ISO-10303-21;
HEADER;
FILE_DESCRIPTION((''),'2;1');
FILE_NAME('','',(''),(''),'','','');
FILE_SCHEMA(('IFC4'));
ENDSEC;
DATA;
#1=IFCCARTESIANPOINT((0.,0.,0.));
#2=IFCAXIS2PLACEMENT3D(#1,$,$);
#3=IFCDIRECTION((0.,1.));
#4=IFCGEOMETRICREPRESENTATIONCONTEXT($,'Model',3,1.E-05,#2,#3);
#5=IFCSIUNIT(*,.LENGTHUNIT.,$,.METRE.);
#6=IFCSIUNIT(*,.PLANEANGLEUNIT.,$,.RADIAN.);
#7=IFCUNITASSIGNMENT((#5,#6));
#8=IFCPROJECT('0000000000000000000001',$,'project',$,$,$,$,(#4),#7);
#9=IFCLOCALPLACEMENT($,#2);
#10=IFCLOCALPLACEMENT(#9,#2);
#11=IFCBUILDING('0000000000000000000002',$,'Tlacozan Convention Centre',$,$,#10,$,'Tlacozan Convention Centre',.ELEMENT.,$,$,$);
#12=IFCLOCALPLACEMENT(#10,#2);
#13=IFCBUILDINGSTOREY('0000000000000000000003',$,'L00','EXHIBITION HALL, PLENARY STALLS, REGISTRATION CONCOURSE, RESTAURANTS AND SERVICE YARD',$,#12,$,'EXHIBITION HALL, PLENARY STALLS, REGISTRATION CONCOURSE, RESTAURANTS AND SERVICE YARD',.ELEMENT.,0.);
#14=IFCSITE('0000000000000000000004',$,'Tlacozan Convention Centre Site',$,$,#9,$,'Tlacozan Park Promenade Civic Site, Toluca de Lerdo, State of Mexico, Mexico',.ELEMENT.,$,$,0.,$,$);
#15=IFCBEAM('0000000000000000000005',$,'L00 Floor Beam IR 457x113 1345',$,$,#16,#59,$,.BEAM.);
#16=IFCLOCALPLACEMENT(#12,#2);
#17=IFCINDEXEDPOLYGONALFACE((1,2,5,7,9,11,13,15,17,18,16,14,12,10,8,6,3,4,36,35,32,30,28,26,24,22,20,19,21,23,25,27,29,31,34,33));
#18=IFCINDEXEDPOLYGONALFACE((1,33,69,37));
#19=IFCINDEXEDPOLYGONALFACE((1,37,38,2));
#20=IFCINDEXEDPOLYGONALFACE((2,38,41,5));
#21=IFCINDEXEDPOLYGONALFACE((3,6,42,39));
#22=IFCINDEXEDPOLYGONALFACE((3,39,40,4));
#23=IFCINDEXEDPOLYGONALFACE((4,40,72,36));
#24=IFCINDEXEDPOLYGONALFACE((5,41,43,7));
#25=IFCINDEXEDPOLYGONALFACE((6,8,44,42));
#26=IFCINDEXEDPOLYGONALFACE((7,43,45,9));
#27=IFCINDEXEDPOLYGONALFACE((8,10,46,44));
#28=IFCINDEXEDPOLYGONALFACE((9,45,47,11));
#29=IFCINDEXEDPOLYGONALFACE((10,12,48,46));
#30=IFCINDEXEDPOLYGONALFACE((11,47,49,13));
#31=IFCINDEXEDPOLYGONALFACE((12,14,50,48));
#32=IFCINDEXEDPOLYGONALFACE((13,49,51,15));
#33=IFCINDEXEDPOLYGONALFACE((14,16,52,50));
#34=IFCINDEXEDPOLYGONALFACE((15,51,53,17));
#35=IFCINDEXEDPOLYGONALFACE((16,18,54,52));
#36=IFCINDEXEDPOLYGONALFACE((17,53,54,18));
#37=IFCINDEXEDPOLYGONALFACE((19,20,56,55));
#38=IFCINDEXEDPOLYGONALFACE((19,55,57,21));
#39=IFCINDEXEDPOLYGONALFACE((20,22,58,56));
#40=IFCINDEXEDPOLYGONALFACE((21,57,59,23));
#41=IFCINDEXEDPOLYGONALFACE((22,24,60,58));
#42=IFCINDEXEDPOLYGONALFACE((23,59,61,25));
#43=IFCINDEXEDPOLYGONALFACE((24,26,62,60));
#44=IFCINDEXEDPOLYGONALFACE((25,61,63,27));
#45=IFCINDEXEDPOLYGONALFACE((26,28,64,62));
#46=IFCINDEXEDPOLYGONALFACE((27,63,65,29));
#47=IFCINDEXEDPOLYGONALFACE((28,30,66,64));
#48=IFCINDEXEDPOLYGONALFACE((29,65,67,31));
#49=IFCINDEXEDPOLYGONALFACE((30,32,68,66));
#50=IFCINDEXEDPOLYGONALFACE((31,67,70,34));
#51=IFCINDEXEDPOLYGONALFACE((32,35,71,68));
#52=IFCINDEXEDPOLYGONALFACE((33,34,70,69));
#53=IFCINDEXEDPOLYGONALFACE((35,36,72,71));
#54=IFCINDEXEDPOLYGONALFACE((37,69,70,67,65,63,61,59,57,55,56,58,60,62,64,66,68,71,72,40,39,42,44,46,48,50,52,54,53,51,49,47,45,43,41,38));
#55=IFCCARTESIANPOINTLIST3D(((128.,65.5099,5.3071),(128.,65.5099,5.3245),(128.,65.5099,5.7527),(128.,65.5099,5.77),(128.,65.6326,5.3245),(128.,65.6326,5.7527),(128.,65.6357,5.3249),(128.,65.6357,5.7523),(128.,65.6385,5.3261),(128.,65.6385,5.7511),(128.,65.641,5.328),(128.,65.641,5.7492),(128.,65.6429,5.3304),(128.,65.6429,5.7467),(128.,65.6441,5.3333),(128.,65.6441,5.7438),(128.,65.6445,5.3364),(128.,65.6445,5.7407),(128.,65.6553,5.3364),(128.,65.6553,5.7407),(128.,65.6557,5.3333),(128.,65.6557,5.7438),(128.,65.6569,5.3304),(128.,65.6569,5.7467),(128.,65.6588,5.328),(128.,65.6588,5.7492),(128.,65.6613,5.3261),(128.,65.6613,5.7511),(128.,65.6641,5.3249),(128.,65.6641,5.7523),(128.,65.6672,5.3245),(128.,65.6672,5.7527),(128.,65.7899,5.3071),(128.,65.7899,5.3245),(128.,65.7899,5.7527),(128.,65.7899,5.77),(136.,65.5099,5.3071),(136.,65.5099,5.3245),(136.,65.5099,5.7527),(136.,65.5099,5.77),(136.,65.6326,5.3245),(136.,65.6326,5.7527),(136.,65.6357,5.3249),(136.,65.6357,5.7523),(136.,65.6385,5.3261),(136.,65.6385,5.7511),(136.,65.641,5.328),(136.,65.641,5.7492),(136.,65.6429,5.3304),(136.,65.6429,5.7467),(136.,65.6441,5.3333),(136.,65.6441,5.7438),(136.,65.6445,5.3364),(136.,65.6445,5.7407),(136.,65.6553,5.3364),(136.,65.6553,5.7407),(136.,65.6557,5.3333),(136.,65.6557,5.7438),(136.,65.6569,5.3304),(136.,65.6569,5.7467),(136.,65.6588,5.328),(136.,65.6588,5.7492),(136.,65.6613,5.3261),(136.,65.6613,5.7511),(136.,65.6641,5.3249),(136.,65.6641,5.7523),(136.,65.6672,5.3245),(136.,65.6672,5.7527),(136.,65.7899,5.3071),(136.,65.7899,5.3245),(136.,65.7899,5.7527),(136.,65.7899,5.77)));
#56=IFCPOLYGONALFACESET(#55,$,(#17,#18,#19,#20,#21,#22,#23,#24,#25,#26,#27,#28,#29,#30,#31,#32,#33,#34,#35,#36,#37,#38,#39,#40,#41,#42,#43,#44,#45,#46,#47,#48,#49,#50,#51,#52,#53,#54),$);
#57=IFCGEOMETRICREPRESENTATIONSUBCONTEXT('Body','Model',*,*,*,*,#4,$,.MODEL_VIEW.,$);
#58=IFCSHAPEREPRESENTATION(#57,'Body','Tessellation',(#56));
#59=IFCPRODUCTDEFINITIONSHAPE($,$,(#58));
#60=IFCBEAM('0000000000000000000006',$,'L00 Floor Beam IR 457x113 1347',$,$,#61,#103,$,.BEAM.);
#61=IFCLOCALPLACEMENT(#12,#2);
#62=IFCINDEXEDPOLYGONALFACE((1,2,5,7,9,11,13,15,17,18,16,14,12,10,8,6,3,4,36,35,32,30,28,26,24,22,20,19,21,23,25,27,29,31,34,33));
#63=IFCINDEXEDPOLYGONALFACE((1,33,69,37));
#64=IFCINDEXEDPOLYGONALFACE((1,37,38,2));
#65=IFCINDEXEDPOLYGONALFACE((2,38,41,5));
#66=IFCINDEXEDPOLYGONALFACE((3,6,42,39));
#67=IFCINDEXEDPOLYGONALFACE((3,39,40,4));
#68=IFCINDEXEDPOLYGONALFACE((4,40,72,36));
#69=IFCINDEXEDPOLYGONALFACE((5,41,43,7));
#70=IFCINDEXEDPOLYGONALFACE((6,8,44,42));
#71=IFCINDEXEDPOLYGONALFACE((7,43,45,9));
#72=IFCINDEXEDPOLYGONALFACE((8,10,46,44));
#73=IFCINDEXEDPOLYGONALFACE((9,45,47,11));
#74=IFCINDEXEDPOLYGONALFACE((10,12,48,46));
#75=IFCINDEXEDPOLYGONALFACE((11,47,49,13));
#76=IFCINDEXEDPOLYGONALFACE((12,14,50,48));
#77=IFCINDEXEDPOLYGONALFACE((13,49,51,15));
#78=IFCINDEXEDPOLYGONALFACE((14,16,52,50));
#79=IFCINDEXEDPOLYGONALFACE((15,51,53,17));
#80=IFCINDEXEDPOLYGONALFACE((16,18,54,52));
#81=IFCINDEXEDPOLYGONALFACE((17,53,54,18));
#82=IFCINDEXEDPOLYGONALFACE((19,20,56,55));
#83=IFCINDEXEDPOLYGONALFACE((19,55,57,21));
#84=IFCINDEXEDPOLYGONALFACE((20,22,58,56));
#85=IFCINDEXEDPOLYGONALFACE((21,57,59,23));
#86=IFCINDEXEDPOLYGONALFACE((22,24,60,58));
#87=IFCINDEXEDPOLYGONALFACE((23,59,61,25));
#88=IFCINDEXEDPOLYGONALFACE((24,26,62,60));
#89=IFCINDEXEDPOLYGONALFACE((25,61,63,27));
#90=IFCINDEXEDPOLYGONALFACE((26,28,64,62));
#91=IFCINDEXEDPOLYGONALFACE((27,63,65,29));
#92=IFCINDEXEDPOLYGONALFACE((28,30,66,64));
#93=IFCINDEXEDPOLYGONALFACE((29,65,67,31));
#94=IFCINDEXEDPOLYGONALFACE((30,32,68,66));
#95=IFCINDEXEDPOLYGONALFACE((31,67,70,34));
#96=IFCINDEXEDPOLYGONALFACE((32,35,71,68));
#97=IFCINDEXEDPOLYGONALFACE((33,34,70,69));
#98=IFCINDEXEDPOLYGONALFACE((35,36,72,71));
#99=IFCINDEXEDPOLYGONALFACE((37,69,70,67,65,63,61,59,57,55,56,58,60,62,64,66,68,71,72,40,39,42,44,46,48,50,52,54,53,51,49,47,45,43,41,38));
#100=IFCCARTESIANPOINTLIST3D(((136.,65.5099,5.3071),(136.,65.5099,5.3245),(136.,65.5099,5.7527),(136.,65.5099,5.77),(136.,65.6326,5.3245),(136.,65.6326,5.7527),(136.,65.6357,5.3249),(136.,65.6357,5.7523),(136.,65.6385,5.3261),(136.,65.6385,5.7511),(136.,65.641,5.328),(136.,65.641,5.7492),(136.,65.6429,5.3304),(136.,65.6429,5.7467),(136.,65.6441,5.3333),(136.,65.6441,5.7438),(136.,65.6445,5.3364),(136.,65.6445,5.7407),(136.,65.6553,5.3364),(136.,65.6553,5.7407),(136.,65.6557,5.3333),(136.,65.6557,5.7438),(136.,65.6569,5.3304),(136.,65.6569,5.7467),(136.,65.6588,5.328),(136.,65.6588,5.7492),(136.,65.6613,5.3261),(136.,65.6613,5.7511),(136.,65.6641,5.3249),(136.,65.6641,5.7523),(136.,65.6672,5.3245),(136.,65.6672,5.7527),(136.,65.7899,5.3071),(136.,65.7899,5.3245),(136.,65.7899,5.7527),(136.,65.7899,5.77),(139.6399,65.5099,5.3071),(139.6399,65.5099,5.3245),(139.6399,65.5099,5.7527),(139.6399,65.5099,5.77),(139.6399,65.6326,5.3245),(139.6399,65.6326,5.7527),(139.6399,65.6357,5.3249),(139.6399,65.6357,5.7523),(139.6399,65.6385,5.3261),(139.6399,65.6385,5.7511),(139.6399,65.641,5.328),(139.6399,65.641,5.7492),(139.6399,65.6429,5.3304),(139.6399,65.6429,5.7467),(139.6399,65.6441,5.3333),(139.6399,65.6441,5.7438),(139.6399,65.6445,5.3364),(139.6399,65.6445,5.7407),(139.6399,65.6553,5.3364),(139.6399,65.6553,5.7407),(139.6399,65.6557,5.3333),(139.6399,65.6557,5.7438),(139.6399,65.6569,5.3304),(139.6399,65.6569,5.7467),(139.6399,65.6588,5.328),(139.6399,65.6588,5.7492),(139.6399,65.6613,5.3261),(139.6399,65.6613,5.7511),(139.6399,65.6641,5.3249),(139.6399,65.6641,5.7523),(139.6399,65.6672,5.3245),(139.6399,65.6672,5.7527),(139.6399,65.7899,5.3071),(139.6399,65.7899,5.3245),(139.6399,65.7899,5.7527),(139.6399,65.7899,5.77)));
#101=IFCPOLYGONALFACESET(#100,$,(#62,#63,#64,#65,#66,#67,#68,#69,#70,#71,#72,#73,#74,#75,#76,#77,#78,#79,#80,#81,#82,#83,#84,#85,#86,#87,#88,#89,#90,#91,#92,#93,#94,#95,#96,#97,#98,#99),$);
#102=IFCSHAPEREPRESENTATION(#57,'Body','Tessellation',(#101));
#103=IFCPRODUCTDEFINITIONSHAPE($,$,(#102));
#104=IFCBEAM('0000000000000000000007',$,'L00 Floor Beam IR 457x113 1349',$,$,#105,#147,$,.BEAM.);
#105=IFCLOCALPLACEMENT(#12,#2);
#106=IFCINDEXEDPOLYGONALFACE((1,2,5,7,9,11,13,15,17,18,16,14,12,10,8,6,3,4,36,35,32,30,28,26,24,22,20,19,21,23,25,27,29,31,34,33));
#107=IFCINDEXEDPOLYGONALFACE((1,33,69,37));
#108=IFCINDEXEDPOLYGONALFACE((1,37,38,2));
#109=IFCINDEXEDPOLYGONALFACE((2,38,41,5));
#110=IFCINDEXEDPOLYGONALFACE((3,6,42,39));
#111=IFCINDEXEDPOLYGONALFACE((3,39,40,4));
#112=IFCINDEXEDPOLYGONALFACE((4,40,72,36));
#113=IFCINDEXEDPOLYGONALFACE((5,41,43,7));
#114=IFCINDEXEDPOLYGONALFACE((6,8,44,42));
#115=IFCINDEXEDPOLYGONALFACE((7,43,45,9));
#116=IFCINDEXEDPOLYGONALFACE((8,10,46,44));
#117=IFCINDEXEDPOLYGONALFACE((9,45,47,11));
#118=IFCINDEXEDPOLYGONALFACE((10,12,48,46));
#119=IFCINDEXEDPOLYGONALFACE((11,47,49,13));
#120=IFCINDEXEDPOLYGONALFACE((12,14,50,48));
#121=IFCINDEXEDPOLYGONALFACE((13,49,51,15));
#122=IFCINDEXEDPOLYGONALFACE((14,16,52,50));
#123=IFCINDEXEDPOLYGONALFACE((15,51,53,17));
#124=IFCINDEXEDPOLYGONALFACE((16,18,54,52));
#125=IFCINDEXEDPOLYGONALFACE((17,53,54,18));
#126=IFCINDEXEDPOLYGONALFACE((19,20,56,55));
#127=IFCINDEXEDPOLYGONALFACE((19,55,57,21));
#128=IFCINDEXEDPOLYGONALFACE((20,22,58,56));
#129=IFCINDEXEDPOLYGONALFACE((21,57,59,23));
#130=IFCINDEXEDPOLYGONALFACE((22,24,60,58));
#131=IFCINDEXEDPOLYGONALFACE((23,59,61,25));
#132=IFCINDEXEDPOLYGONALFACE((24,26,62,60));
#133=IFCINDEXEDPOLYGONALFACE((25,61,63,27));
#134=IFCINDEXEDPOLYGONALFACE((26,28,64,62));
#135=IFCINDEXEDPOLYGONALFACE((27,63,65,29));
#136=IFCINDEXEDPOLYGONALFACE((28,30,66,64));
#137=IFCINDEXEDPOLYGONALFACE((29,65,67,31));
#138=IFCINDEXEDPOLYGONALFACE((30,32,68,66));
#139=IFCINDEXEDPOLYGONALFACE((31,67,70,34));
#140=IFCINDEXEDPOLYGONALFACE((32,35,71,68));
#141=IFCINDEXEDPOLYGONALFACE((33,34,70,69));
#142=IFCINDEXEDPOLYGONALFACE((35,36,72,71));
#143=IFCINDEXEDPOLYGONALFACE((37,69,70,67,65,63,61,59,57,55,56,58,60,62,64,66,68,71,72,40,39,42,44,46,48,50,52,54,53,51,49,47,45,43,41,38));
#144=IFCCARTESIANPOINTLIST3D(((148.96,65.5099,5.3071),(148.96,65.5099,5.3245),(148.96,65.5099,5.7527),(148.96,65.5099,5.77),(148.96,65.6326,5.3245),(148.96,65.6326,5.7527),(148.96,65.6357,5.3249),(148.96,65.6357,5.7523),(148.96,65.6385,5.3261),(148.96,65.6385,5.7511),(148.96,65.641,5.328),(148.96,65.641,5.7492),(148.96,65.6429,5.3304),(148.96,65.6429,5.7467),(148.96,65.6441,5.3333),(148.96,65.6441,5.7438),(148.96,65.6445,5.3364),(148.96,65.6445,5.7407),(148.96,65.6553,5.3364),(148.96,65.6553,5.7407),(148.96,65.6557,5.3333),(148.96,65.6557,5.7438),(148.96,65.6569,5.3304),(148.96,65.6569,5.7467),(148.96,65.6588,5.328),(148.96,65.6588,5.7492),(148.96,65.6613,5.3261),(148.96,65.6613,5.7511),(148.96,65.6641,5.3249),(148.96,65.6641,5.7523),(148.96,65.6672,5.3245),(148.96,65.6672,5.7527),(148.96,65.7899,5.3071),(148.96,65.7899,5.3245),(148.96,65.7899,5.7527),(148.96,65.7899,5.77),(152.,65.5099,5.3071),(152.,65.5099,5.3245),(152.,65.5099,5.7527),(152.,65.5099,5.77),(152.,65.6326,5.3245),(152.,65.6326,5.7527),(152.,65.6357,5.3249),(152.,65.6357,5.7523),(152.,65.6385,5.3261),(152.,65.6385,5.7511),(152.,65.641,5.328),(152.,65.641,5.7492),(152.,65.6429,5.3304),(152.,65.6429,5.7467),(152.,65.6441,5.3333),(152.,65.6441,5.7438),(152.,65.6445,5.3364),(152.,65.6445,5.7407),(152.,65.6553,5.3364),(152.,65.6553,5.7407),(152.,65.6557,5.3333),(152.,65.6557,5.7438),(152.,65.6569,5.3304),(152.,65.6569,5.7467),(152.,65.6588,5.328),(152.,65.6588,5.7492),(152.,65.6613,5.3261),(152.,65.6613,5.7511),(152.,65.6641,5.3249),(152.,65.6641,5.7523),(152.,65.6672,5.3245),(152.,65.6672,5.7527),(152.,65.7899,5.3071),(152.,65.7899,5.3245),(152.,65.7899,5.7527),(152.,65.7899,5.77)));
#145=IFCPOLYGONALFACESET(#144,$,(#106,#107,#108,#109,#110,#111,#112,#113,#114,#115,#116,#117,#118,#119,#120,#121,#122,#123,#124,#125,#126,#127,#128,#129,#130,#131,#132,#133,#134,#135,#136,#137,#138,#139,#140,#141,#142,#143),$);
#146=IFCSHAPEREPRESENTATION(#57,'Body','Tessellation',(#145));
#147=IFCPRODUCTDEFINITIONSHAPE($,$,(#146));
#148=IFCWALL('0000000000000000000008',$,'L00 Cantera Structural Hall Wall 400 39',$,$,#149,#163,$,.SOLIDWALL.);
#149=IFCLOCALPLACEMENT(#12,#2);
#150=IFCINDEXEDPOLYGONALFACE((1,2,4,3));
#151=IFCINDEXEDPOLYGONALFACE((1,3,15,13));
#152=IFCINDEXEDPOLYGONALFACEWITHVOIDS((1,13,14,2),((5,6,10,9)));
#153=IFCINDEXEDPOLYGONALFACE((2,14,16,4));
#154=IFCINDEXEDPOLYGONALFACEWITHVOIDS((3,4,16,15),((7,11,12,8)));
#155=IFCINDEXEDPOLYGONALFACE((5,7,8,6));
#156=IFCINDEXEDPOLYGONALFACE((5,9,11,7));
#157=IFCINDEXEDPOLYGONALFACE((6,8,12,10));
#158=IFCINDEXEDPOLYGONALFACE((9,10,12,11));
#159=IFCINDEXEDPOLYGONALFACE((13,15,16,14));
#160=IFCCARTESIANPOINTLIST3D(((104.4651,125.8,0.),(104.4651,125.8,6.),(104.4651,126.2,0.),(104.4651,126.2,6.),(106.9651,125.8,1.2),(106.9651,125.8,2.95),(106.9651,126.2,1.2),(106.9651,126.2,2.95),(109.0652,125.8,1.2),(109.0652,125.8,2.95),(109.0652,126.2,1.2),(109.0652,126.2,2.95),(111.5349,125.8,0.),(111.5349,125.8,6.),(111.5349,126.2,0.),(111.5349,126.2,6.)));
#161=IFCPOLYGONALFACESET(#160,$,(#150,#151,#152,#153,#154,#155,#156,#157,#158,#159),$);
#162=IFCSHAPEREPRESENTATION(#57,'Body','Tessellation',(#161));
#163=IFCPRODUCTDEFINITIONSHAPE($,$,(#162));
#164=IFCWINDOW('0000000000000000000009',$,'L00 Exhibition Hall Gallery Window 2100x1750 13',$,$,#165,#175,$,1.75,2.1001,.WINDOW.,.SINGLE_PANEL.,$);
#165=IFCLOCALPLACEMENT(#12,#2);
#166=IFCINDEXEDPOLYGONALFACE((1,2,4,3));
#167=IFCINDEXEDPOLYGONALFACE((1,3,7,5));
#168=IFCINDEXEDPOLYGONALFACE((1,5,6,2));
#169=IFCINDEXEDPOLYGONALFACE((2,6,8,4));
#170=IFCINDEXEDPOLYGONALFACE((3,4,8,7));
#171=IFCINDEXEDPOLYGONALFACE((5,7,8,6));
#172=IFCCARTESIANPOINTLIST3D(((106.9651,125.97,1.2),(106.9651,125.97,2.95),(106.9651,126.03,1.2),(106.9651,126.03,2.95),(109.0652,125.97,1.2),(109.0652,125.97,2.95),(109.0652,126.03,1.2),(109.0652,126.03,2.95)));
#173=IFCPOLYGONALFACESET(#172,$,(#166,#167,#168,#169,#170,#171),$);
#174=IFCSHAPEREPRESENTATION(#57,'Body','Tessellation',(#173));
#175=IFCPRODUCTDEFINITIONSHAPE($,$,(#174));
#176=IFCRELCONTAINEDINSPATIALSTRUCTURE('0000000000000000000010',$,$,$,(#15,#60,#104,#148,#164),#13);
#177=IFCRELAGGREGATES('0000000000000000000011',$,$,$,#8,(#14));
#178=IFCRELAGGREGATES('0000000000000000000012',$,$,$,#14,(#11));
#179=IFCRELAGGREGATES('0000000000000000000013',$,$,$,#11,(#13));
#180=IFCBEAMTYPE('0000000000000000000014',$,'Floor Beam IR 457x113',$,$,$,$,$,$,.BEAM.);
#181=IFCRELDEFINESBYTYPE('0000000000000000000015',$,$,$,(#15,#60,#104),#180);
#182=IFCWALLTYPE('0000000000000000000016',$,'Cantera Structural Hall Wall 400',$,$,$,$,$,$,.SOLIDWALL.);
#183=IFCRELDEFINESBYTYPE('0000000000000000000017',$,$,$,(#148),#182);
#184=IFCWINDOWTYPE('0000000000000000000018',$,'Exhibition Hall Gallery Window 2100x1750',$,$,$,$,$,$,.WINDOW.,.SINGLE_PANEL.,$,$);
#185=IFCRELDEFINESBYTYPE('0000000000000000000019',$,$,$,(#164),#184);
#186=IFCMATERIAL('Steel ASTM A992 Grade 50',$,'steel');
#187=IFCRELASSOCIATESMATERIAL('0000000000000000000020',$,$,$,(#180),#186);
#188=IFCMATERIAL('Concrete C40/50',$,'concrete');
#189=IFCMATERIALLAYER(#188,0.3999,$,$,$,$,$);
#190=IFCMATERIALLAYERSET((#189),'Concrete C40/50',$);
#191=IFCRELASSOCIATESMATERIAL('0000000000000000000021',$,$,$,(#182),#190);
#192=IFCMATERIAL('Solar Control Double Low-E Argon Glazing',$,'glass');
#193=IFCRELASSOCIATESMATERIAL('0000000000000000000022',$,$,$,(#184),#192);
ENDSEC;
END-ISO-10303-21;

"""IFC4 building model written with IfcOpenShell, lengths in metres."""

from ifc_helpers import new_model, si_unit, direction, frame, frame_2d, origin, origin_2d, place, context, subcontext, project, spatial, rectangle, i_section, extrude, material, layer, layer_set, material_profile, profile_set, type_object, element, fill, save


model = new_model("IFC4")

# Units and contexts
model_context = context("Model", 3, precision=1e-05, world=origin(), true_north=direction((0.0, 1.0)))
body_context = subcontext(model_context, "Body", "Model", "MODEL_VIEW")
ifc_project = project(units=[si_unit("LENGTHUNIT", "METRE"), si_unit("PLANEANGLEUNIT", "RADIAN")], contexts=[model_context])

# Site, building, storey
site_placement = place(None, origin())
site = spatial("IfcSite", under=ifc_project, at=site_placement, Name="Tlacozan Convention Centre Site", LongName="Tlacozan Park Promenade Civic Site, Toluca de Lerdo, State of Mexico, Mexico", CompositionType="ELEMENT", RefElevation=0.0)
building_placement = place(site_placement, origin())
building = spatial("IfcBuilding", under=site, at=building_placement, Name="Tlacozan Convention Centre", LongName="Tlacozan Convention Centre", CompositionType="ELEMENT")
storey_placement = place(building_placement, origin())
storey = spatial("IfcBuildingStorey", under=building, at=storey_placement, Name="L00", Description="EXHIBITION HALL, PLENARY STALLS, REGISTRATION CONCOURSE, RESTAURANTS AND SERVICE YARD", LongName="EXHIBITION HALL, PLENARY STALLS, REGISTRATION CONCOURSE, RESTAURANTS AND SERVICE YARD", CompositionType="ELEMENT", Elevation=0.0)

# Shared definitions
ifc_material_1 = material(Name="Concrete C40/50", Category="concrete")

# Beams
ifc_material_2 = material(Name="Steel ASTM A992 Grade 50", Category="steel")
ifc_material_profile_1 = material_profile(ifc_material_2, i_section(OverallWidth=0.28, OverallDepth=0.4629, WebThickness=0.0107, FlangeThickness=0.0173, FilletRadius=0.012, at=origin_2d()), Name="IR 457x113.0")
ifc_profile_set_1 = profile_set([ifc_material_profile_1], Name="Steel ASTM A992 Grade 50")
beam_type = type_object("IfcBeamType", Name="Floor Beam IR 457x113", PredefinedType="BEAM", material=ifc_profile_set_1)
for number, where, z_axis, x_axis, name in (
    (1, (128.0, 65.6499, 5.5386), (1.0, 0.0, 0.0), (0.0, 1.0, 0.0), "L00 Floor Beam IR 457x113 1345"),
):
    element("IfcBeam", number, at=place(storey_placement, frame(where, z_axis=z_axis, x_axis=x_axis)), inside=storey, type_object=beam_type, Name=name, PredefinedType="BEAM", context=body_context, shape_type="SweptSolid", body=[
        extrude(i_section(OverallWidth=0.28, OverallDepth=0.4629, WebThickness=0.0107, FlangeThickness=0.0173, FilletRadius=0.012, at=origin_2d()), origin(), (0.0, 0.0, 1.0), 8.0),
    ])
beam_1_placement = place(storey_placement, frame((136.0, 65.6499, 5.5386), z_axis=(1.0, 0.0, 0.0), x_axis=(0.0, 1.0, 0.0)))
element("IfcBeam", 2, at=beam_1_placement, inside=storey, type_object=beam_type, Name="L00 Floor Beam IR 457x113 1347", PredefinedType="BEAM", context=body_context, shape_type="SweptSolid", body=[
    extrude(i_section(OverallWidth=0.28, OverallDepth=0.4629, WebThickness=0.0107, FlangeThickness=0.0173, FilletRadius=0.012, at=origin_2d()), origin(), (0.0, 0.0, 1.0), 3.6399),
])
beam_2_placement = place(storey_placement, frame((148.96, 65.6499, 5.5386), z_axis=(1.0, 0.0, 0.0), x_axis=(0.0, 1.0, 0.0)))
element("IfcBeam", 3, at=beam_2_placement, inside=storey, type_object=beam_type, Name="L00 Floor Beam IR 457x113 1349", PredefinedType="BEAM", context=body_context, shape_type="SweptSolid", body=[
    extrude(i_section(OverallWidth=0.28, OverallDepth=0.4629, WebThickness=0.0107, FlangeThickness=0.0173, FilletRadius=0.012, at=origin_2d()), origin(), (0.0, 0.0, 1.0), 3.04),
])

# Wall, opening, window
ifc_layer_1 = layer(ifc_material_1, 0.3999)
ifc_layer_set_1 = layer_set([ifc_layer_1], Name="Concrete C40/50")
wall_type_1 = type_object("IfcWallType", Name="Cantera Structural Hall Wall 400", PredefinedType="SOLIDWALL", material=ifc_layer_set_1)
wall_1_placement = place(storey_placement, frame((104.4651, 126.0, 0.0), z_axis=(0.0, 0.0, 1.0), x_axis=(1.0, 0.0, 0.0)))
wall_1 = element("IfcWall", 4, at=wall_1_placement, inside=storey, type_object=wall_type_1, Name="L00 Cantera Structural Hall Wall 400 39", PredefinedType="SOLIDWALL", context=body_context, shape_type="SweptSolid", body=[
    extrude(rectangle(XDim=7.0698, YDim=0.3999, at=frame_2d((3.5349, 0.0))), origin(), (0.0, 0.0, 1.0), 6.0),
])
opening_1_placement = place(wall_1_placement, frame((2.5, 0.0, 1.2)))
opening_1 = element("IfcOpeningElement", 5, at=opening_1_placement, cuts=wall_1, PredefinedType="OPENING", context=body_context, shape_type="SweptSolid", body=[
    extrude(rectangle(XDim=2.1001, YDim=1.75, at=frame_2d((1.05, 0.875))), frame((0.0, 0.21, 0.0), z_axis=(0.0, -1.0, 0.0), x_axis=(1.0, 0.0, 0.0)), (0.0, 0.0, 1.0), 0.4199),
])
ifc_material_3 = material(Name="Solar Control Double Low-E Argon Glazing", Category="glass")
window_type = type_object("IfcWindowType", Name="Exhibition Hall Gallery Window 2100x1750", PartitioningType="SINGLE_PANEL", PredefinedType="WINDOW", material=ifc_material_3)
window_1_placement = place(opening_1_placement, origin())
window_1 = element("IfcWindow", 6, at=window_1_placement, inside=storey, type_object=window_type, Name="L00 Exhibition Hall Gallery Window 2100x1750 13", OverallHeight=1.75, OverallWidth=2.1001, PartitioningType="SINGLE_PANEL", PredefinedType="WINDOW", context=body_context, shape_type="SweptSolid", body=[
    extrude(rectangle(XDim=2.1001, YDim=1.75, at=frame_2d((1.05, 0.875))), frame((0.0, 0.03, 0.0), z_axis=(0.0, -1.0, 0.0), x_axis=(1.0, 0.0, 0.0)), (0.0, 0.0, 1.0), 0.0601),
])
fill(opening_1, window_1)

save(model, "model.ifc")
